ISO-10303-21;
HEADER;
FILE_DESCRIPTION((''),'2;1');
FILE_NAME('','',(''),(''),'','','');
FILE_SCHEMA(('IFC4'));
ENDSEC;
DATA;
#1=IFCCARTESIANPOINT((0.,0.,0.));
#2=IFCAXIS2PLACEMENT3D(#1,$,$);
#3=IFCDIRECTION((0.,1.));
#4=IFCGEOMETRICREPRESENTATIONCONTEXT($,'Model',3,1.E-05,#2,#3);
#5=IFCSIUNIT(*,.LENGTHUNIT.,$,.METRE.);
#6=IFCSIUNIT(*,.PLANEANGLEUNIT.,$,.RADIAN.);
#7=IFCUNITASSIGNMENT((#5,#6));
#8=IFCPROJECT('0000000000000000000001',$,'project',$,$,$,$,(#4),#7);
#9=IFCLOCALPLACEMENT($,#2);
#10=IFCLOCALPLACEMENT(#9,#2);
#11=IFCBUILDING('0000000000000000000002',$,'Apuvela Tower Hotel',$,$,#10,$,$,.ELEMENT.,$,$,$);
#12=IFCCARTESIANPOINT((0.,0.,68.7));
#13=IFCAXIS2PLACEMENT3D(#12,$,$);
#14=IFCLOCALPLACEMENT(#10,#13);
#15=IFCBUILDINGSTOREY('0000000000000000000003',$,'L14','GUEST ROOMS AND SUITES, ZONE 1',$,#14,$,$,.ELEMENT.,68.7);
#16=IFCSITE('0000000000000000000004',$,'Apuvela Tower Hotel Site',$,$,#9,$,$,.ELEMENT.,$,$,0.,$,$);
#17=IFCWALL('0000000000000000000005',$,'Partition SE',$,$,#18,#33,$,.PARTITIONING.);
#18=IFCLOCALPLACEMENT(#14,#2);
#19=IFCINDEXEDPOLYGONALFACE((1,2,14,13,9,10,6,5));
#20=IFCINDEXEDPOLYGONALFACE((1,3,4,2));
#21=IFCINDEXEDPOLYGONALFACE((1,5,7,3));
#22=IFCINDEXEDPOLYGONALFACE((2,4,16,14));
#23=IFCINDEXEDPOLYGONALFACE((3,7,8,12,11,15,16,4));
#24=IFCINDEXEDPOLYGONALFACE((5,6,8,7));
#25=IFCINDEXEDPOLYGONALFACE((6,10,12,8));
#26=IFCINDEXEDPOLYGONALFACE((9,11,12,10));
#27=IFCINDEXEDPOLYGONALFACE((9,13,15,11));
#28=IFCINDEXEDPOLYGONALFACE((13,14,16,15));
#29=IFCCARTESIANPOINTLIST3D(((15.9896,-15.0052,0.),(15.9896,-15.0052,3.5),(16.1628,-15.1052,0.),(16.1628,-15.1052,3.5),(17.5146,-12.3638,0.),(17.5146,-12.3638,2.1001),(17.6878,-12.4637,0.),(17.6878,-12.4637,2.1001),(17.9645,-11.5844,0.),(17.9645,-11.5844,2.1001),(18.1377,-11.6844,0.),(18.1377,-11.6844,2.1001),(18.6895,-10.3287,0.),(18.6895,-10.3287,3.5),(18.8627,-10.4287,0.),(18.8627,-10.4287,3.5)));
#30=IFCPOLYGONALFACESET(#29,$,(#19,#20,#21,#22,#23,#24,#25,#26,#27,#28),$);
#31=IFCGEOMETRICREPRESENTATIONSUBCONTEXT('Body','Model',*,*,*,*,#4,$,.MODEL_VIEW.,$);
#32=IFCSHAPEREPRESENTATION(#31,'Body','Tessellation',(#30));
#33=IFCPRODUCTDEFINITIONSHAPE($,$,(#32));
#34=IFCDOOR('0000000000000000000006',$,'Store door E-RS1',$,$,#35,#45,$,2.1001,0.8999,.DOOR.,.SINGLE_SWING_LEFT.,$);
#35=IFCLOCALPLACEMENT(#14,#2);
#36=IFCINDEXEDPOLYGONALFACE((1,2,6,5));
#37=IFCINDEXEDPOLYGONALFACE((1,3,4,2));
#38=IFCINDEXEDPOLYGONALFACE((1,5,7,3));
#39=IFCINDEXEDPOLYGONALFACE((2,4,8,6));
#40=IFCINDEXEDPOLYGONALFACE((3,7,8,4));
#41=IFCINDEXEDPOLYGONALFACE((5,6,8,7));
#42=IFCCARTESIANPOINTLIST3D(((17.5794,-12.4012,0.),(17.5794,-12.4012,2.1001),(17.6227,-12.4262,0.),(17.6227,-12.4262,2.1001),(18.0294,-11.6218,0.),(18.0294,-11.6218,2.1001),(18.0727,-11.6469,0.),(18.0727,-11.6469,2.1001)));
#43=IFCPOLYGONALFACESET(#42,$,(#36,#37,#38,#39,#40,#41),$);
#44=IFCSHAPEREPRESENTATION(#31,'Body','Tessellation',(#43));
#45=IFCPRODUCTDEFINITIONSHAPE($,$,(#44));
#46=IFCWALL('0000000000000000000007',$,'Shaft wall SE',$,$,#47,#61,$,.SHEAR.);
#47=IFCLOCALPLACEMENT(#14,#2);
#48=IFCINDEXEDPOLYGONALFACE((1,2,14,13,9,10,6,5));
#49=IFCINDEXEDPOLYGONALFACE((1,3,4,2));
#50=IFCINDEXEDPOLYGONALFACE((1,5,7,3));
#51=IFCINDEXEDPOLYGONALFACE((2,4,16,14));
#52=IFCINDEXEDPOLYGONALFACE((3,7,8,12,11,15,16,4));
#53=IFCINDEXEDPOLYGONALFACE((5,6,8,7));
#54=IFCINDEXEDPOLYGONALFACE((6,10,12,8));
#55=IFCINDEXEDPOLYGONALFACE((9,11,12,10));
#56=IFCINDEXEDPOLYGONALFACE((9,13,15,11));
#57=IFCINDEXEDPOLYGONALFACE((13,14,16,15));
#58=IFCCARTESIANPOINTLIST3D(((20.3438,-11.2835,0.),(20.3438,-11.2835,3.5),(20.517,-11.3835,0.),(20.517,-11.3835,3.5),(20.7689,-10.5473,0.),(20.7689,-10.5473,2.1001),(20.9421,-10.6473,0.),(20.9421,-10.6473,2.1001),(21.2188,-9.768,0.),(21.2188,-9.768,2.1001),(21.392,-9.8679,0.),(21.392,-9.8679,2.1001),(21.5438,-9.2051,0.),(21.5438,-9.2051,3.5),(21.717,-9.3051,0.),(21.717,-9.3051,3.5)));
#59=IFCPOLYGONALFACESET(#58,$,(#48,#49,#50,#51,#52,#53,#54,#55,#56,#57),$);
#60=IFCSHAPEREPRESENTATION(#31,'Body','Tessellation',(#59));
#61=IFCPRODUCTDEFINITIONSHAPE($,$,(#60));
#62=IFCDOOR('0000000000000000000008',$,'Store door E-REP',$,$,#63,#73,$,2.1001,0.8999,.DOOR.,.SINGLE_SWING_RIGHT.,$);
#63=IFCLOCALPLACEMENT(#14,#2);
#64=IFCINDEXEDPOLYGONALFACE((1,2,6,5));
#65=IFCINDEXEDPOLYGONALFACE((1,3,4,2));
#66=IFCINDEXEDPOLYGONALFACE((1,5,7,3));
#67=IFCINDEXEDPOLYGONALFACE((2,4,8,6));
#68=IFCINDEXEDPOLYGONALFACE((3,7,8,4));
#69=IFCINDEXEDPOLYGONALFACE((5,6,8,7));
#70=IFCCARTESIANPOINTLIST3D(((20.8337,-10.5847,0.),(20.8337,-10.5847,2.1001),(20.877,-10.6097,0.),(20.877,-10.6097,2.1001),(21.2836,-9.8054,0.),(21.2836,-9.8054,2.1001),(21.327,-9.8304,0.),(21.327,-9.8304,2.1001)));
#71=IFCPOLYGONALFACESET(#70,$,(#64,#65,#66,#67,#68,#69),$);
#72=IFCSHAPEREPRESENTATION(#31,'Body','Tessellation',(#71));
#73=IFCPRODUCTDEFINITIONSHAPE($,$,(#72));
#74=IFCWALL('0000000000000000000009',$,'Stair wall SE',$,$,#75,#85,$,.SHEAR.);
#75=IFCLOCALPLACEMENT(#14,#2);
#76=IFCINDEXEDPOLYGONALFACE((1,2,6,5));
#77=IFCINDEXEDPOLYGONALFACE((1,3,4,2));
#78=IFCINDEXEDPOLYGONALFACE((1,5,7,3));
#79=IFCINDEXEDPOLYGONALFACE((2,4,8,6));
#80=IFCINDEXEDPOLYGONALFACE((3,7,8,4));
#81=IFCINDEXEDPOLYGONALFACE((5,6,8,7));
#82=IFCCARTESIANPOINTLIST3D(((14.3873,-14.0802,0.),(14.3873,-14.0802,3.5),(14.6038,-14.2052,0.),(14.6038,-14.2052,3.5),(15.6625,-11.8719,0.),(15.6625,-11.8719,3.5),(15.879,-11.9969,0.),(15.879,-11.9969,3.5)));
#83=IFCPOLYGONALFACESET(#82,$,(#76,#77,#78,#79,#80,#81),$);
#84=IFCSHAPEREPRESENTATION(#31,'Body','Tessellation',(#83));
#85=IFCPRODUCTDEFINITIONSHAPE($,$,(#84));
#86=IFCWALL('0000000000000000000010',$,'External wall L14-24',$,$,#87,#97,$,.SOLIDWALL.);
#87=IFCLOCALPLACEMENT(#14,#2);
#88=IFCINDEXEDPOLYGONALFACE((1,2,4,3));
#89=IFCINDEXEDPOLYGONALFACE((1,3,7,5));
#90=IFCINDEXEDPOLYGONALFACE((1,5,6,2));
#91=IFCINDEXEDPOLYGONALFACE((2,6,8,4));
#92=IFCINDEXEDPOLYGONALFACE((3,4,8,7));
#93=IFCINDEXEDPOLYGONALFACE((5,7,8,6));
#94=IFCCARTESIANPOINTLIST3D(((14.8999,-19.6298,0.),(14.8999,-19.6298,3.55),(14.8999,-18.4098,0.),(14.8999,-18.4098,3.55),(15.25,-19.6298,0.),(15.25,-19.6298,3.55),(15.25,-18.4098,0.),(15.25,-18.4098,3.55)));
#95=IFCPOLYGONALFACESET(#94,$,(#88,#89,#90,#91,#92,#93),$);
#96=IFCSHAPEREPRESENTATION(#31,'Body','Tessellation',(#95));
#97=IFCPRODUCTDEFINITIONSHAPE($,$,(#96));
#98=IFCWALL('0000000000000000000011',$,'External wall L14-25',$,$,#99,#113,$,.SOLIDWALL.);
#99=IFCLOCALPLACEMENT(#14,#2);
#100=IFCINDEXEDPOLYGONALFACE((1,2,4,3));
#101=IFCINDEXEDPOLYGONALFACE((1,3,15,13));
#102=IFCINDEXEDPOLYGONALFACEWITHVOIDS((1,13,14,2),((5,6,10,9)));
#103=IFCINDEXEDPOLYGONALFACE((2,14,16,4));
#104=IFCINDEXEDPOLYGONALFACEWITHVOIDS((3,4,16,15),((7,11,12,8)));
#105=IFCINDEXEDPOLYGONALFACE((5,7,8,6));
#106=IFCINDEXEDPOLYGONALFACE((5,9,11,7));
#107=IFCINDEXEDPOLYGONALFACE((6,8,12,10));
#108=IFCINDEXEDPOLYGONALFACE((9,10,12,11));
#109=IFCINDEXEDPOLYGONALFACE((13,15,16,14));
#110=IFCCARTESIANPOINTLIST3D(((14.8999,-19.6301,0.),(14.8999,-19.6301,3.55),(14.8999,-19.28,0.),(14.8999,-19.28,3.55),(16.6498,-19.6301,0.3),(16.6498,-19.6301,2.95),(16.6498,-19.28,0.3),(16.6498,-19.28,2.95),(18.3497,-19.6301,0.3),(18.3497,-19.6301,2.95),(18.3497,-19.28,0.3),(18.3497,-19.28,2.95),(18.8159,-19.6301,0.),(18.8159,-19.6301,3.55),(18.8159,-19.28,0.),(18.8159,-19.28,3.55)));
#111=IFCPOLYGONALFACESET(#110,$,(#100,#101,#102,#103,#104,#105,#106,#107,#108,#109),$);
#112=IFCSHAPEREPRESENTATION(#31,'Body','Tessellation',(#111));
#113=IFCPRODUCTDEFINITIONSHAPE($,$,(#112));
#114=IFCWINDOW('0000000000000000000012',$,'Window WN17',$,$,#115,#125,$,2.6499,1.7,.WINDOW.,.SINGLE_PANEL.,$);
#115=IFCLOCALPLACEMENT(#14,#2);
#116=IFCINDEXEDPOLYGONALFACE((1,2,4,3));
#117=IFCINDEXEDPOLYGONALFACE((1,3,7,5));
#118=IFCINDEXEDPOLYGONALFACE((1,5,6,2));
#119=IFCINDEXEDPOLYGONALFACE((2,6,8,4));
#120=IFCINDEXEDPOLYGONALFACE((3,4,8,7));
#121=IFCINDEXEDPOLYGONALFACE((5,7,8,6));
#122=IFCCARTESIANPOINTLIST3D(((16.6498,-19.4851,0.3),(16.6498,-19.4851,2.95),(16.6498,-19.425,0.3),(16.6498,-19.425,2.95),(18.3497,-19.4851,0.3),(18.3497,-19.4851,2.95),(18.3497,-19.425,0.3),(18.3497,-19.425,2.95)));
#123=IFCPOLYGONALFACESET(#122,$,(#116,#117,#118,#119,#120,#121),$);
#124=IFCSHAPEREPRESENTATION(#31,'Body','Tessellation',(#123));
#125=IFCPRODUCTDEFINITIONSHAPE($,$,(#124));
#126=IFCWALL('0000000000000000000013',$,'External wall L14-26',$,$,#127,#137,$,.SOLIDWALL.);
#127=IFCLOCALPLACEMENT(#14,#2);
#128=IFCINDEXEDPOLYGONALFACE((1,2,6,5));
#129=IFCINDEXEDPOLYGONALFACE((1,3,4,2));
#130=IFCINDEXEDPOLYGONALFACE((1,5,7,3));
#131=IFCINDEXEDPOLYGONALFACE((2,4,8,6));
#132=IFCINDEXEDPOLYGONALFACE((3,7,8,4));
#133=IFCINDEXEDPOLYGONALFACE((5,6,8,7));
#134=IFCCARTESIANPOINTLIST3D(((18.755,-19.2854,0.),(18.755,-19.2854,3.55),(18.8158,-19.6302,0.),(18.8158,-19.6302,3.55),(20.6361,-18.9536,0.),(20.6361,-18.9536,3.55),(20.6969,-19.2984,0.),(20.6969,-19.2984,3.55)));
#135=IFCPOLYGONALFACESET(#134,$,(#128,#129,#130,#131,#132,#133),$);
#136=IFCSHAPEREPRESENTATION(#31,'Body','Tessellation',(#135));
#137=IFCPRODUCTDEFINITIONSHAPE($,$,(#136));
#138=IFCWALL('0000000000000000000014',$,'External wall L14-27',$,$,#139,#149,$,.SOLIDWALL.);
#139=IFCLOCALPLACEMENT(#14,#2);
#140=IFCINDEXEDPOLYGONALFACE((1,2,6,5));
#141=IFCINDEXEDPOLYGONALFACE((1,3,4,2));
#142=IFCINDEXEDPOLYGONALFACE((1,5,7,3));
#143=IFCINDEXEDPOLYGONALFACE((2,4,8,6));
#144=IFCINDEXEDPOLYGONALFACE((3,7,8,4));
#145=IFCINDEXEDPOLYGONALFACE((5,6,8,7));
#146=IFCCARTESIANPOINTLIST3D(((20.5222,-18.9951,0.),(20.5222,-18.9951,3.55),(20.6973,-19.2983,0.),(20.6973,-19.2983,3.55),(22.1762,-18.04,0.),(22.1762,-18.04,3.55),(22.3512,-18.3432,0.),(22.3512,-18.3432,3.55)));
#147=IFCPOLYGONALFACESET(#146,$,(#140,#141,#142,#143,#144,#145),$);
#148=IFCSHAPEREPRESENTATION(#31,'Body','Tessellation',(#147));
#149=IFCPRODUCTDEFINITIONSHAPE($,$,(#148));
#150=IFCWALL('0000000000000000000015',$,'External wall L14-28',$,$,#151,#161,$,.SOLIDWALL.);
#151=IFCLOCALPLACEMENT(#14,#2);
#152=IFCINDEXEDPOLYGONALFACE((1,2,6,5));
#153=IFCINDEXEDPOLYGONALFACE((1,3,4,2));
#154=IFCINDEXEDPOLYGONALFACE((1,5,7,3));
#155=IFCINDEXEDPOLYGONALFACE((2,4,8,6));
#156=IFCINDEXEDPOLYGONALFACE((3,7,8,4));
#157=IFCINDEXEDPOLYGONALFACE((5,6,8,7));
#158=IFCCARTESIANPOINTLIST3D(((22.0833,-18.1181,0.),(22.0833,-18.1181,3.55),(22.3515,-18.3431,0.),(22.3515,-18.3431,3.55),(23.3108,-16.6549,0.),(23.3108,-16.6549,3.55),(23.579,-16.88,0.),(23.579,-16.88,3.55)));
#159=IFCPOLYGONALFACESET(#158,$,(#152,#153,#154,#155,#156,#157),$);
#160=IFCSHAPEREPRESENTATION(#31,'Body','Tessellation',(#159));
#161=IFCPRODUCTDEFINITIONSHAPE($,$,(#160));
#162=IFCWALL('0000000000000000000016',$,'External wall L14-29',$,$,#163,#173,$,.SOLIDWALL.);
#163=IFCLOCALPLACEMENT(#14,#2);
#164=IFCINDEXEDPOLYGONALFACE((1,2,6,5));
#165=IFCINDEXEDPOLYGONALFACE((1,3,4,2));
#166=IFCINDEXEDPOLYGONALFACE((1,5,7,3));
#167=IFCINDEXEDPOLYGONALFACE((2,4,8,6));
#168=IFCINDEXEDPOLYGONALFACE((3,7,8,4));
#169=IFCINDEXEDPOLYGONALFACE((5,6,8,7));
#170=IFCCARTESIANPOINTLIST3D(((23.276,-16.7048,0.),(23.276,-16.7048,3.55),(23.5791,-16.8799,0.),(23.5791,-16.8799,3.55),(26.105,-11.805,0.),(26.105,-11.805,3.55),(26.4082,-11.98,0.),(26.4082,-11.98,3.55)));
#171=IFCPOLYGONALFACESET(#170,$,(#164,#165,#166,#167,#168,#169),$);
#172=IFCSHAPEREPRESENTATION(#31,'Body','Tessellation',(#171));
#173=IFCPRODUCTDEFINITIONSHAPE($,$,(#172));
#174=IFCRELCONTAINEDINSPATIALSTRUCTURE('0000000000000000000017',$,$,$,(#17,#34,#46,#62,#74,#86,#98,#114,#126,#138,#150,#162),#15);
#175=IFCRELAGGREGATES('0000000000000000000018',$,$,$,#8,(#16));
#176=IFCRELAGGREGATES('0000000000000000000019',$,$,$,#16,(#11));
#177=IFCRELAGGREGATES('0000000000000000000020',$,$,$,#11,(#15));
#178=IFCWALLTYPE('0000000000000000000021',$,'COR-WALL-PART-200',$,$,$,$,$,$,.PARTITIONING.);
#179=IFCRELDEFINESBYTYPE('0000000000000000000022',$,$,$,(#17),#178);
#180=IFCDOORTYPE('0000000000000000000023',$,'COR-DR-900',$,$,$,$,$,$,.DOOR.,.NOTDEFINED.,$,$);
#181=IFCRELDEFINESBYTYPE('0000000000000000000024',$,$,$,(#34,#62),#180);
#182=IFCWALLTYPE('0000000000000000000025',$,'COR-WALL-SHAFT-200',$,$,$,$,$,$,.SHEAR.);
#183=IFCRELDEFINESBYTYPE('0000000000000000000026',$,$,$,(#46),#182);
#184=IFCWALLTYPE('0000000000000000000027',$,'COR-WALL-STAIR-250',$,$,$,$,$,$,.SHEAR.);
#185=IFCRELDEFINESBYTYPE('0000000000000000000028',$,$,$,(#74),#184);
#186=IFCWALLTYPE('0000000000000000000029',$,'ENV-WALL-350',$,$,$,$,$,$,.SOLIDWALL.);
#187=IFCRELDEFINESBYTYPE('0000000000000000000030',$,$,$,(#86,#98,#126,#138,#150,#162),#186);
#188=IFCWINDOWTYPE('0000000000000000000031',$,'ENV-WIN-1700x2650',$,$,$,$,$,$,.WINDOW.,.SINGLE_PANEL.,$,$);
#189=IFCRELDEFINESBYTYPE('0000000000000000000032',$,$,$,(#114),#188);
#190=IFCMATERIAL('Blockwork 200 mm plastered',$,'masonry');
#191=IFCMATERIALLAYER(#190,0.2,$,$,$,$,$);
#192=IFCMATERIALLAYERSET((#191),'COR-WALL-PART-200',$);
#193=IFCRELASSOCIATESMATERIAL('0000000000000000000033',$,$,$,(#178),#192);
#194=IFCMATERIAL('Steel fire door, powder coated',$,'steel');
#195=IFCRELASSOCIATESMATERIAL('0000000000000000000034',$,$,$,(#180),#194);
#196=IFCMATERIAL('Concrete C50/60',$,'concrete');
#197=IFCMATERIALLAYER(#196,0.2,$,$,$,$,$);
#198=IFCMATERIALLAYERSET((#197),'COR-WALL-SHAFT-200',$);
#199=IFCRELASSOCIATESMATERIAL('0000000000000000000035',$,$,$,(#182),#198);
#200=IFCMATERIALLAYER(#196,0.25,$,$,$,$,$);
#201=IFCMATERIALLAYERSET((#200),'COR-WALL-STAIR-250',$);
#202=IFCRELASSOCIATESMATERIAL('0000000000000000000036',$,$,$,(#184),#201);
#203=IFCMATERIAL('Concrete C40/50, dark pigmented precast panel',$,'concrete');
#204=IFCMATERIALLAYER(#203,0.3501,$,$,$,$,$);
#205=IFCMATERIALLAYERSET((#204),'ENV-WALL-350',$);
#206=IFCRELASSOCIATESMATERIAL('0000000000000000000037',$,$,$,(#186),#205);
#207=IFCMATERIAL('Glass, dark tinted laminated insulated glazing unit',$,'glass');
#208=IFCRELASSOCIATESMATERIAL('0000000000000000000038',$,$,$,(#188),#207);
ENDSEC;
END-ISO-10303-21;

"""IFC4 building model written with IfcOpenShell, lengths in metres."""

from ifc_helpers import new_model, si_unit, direction, frame, frame_2d, origin, place, context, subcontext, project, spatial, rectangle, extrude, material, layer, layer_set, type_object, element, fill, save


model = new_model("IFC4")

# Units and contexts
model_context = context("Model", 3, precision=1e-05, world=origin(), true_north=direction((0.0, 1.0)))
body_context = subcontext(model_context, "Body", "Model", "MODEL_VIEW")
ifc_project = project(units=[si_unit("LENGTHUNIT", "METRE"), si_unit("PLANEANGLEUNIT", "RADIAN")], contexts=[model_context])

# Site, building, storey
site_placement = place(None, origin())
site = spatial("IfcSite", under=ifc_project, at=site_placement, Name="Apuvela Tower Hotel Site", CompositionType="ELEMENT", RefElevation=0.0)
building_placement = place(site_placement, origin())
building = spatial("IfcBuilding", under=site, at=building_placement, Name="Apuvela Tower Hotel", CompositionType="ELEMENT")
storey_placement = place(building_placement, frame((0.0, 0.0, 68.7)))
storey = spatial("IfcBuildingStorey", under=building, at=storey_placement, Name="L14", Description="GUEST ROOMS AND SUITES, ZONE 1", CompositionType="ELEMENT", Elevation=68.7)

# Walls, openings, doors
ifc_material_1 = material(Name="Blockwork 200 mm plastered", Category="masonry")
ifc_layer_1 = layer(ifc_material_1, 0.2)
ifc_layer_set_1 = layer_set([ifc_layer_1], Name="COR-WALL-PART-200")
wall_type_1 = type_object("IfcWallType", Name="COR-WALL-PART-200", PredefinedType="PARTITIONING", material=ifc_layer_set_1)
wall_1_placement = place(storey_placement, frame((16.0762, -15.0552, 0.0), z_axis=(0.0, 0.0, 1.0), x_axis=(0.499995, 0.866028, 0.0)))
wall_1 = element("IfcWall", 1, at=wall_1_placement, inside=storey, type_object=wall_type_1, Name="Partition SE", PredefinedType="PARTITIONING", context=body_context, shape_type="SweptSolid", body=[
    extrude(rectangle(XDim=5.3999, YDim=0.2, at=frame_2d((2.7, 0.0))), origin(), (0.0, 0.0, 1.0), 3.5),
])
opening_1_placement = place(wall_1_placement, frame((3.05, 0.0, 0.0)))
opening_1 = element("IfcOpeningElement", 2, at=opening_1_placement, cuts=wall_1, PredefinedType="OPENING", context=body_context, shape_type="SweptSolid", body=[
    extrude(rectangle(XDim=0.8999, YDim=2.1001, at=frame_2d((0.45, 1.05))), frame((0.0, 0.1099, 0.0), z_axis=(0.0, -1.0, 0.0), x_axis=(1.0, 0.0, 0.0)), (0.0, 0.0, 1.0), 0.22),
])
ifc_material_2 = material(Name="Steel fire door, powder coated", Category="steel")
door_type_1 = type_object("IfcDoorType", Name="COR-DR-900", OperationType="NOTDEFINED", PredefinedType="DOOR", material=ifc_material_2)
door_1_placement = place(opening_1_placement, frame((0.8999, 0.0, 0.0), z_axis=(0.0, 0.0, 1.0), x_axis=(-1.0, 0.0, 0.0)))
door_1 = element("IfcDoor", 3, at=door_1_placement, inside=storey, type_object=door_type_1, Name="Store door E-RS1", OperationType="SINGLE_SWING_LEFT", OverallHeight=2.1001, OverallWidth=0.8999, PredefinedType="DOOR", context=body_context, shape_type="SweptSolid", body=[
    extrude(rectangle(XDim=0.8999, YDim=2.1001, at=frame_2d((0.45, 1.05))), frame((0.0, 0.0249, 0.0), z_axis=(0.0, -1.0, 0.0), x_axis=(1.0, 0.0, 0.0)), (0.0, 0.0, 1.0), 0.05),
])
fill(opening_1, door_1)
ifc_material_3 = material(Name="Concrete C50/60", Category="concrete")
ifc_layer_2 = layer(ifc_material_3, 0.2)
ifc_layer_set_2 = layer_set([ifc_layer_2], Name="COR-WALL-SHAFT-200")
wall_type_2 = type_object("IfcWallType", Name="COR-WALL-SHAFT-200", PredefinedType="SHEAR", material=ifc_layer_set_2)
wall_2_placement = place(storey_placement, frame((20.4304, -11.3335, 0.0), z_axis=(0.0, 0.0, 1.0), x_axis=(0.500001, 0.866025, 0.0)))
wall_2 = element("IfcWall", 4, at=wall_2_placement, inside=storey, type_object=wall_type_2, Name="Shaft wall SE", PredefinedType="SHEAR", context=body_context, shape_type="SweptSolid", body=[
    extrude(rectangle(XDim=2.3999, YDim=0.2, at=frame_2d((1.2, 0.0))), origin(), (0.0, 0.0, 1.0), 3.5),
])
opening_2_placement = place(wall_2_placement, frame((0.8501, 0.0, 0.0)))
opening_2 = element("IfcOpeningElement", 5, at=opening_2_placement, cuts=wall_2, PredefinedType="OPENING", context=body_context, shape_type="SweptSolid", body=[
    extrude(rectangle(XDim=0.8999, YDim=2.1001, at=frame_2d((0.45, 1.05))), frame((0.0, 0.1099, 0.0), z_axis=(0.0, -1.0, 0.0), x_axis=(1.0, 0.0, 0.0)), (0.0, 0.0, 1.0), 0.22),
])
door_2_placement = place(opening_2_placement, frame((0.8999, 0.0, 0.0), z_axis=(0.0, 0.0, 1.0), x_axis=(-1.0, 0.0, 0.0)))
door_2 = element("IfcDoor", 6, at=door_2_placement, inside=storey, type_object=door_type_1, Name="Store door E-REP", OperationType="SINGLE_SWING_RIGHT", OverallHeight=2.1001, OverallWidth=0.8999, PredefinedType="DOOR", context=body_context, shape_type="SweptSolid", body=[
    extrude(rectangle(XDim=0.8999, YDim=2.1001, at=frame_2d((0.45, 1.05))), frame((0.0, 0.0249, 0.0), z_axis=(0.0, -1.0, 0.0), x_axis=(1.0, 0.0, 0.0)), (0.0, 0.0, 1.0), 0.05),
])
fill(opening_2, door_2)

# Walls
ifc_layer_3 = layer(ifc_material_3, 0.25)
ifc_layer_set_3 = layer_set([ifc_layer_3], Name="COR-WALL-STAIR-250")
wall_type_3 = type_object("IfcWallType", Name="COR-WALL-STAIR-250", PredefinedType="SHEAR", material=ifc_layer_set_3)
wall_3_placement = place(storey_placement, frame((14.4956, -14.1426, 0.0), z_axis=(0.0, 0.0, 1.0), x_axis=(0.500062, 0.865989, 0.0)))
element("IfcWall", 7, at=wall_3_placement, inside=storey, type_object=wall_type_3, Name="Stair wall SE", PredefinedType="SHEAR", context=body_context, shape_type="SweptSolid", body=[
    extrude(rectangle(XDim=2.55, YDim=0.25, at=frame_2d((1.2749, 0.0))), origin(), (0.0, 0.0, 1.0), 3.5),
])
ifc_material_4 = material(Name="Concrete C40/50, dark pigmented precast panel", Category="concrete")
ifc_layer_4 = layer(ifc_material_4, 0.3501)
ifc_layer_set_4 = layer_set([ifc_layer_4], Name="ENV-WALL-350")
wall_type_4 = type_object("IfcWallType", Name="ENV-WALL-350", PredefinedType="SOLIDWALL", material=ifc_layer_set_4)
wall_4_placement = place(storey_placement, frame((15.075, -18.4099, 0.0), z_axis=(0.0, 0.0, 1.0), x_axis=(0.0, -1.0, 0.0)))
element("IfcWall", 8, at=wall_4_placement, inside=storey, type_object=wall_type_4, Name="External wall L14-24", PredefinedType="SOLIDWALL", context=body_context, shape_type="SweptSolid", body=[
    extrude(rectangle(XDim=1.22, YDim=0.3501, at=frame_2d((0.6099, 0.0))), origin(), (0.0, 0.0, 1.0), 3.55),
])

# Wall, opening, window
wall_5_placement = place(storey_placement, frame((14.8999, -19.4551, 0.0), z_axis=(0.0, 0.0, 1.0), x_axis=(1.0, 0.0, 0.0)))
wall_5 = element("IfcWall", 9, at=wall_5_placement, inside=storey, type_object=wall_type_4, Name="External wall L14-25", PredefinedType="SOLIDWALL", context=body_context, shape_type="SweptSolid", body=[
    extrude(rectangle(XDim=3.916, YDim=0.3501, at=frame_2d((1.958, 0.0))), origin(), (0.0, 0.0, 1.0), 3.55),
])
opening_3_placement = place(wall_5_placement, frame((1.7498, 0.0, 0.3)))
opening_3 = element("IfcOpeningElement", 10, at=opening_3_placement, cuts=wall_5, PredefinedType="OPENING", context=body_context, shape_type="SweptSolid", body=[
    extrude(rectangle(XDim=1.7, YDim=2.6499, at=frame_2d((0.8501, 1.325))), frame((0.0, 0.1851, 0.0), z_axis=(0.0, -1.0, 0.0), x_axis=(1.0, 0.0, 0.0)), (0.0, 0.0, 1.0), 0.3701),
])
ifc_material_5 = material(Name="Glass, dark tinted laminated insulated glazing unit", Category="glass")
window_type = type_object("IfcWindowType", Name="ENV-WIN-1700x2650", PartitioningType="SINGLE_PANEL", PredefinedType="WINDOW", material=ifc_material_5)
window_placement = place(opening_3_placement, origin())
window = element("IfcWindow", 11, at=window_placement, inside=storey, type_object=window_type, Name="Window WN17", OverallHeight=2.6499, OverallWidth=1.7, PartitioningType="SINGLE_PANEL", PredefinedType="WINDOW", context=body_context, shape_type="SweptSolid", body=[
    extrude(rectangle(XDim=1.7, YDim=2.6499, at=frame_2d((0.8501, 1.325))), frame((0.0, 0.03, 0.0), z_axis=(0.0, -1.0, 0.0), x_axis=(1.0, 0.0, 0.0)), (0.0, 0.0, 1.0), 0.0601),
])
fill(opening_3, window)

# Walls
wall_6_placement = place(storey_placement, frame((18.7854, -19.4578, 0.0), z_axis=(0.0, 0.0, 1.0), x_axis=(0.984799, 0.173698, 0.0)))
element("IfcWall", 12, at=wall_6_placement, inside=storey, type_object=wall_type_4, Name="External wall L14-26", PredefinedType="SOLIDWALL", context=body_context, shape_type="SweptSolid", body=[
    extrude(rectangle(XDim=1.9102, YDim=0.3501, at=frame_2d((0.9551, 0.0))), origin(), (0.0, 0.0, 1.0), 3.55),
])
for number, where, z_axis, x_axis, name in (
    (13, (20.6096, -19.1467, 0.0), (0.0, 0.0, 1.0), (0.866, 0.500043, 0.0), "External wall L14-27"),
    (14, (22.2173, -18.2307, 0.0), (0.0, 0.0, 1.0), (0.642733, 0.76609, 0.0), "External wall L14-28"),
):
    element("IfcWall", number, at=place(storey_placement, frame(where, z_axis=z_axis, x_axis=x_axis)), inside=storey, type_object=wall_type_4, Name=name, PredefinedType="SOLIDWALL", context=body_context, shape_type="SweptSolid", body=[
        extrude(rectangle(XDim=1.9099, YDim=0.3501, at=frame_2d((0.9551, 0.0))), origin(), (0.0, 0.0, 1.0), 3.55),
    ])
wall_7_placement = place(storey_placement, frame((23.4275, -16.7925, 0.0), z_axis=(0.0, 0.0, 1.0), x_axis=(0.500019, 0.866015, 0.0)))
element("IfcWall", 15, at=wall_7_placement, inside=storey, type_object=wall_type_4, Name="External wall L14-29", PredefinedType="SOLIDWALL", context=body_context, shape_type="SweptSolid", body=[
    extrude(rectangle(XDim=5.658, YDim=0.3501, at=frame_2d((2.8291, 0.0))), origin(), (0.0, 0.0, 1.0), 3.55),
])

save(model, "model.ifc")
